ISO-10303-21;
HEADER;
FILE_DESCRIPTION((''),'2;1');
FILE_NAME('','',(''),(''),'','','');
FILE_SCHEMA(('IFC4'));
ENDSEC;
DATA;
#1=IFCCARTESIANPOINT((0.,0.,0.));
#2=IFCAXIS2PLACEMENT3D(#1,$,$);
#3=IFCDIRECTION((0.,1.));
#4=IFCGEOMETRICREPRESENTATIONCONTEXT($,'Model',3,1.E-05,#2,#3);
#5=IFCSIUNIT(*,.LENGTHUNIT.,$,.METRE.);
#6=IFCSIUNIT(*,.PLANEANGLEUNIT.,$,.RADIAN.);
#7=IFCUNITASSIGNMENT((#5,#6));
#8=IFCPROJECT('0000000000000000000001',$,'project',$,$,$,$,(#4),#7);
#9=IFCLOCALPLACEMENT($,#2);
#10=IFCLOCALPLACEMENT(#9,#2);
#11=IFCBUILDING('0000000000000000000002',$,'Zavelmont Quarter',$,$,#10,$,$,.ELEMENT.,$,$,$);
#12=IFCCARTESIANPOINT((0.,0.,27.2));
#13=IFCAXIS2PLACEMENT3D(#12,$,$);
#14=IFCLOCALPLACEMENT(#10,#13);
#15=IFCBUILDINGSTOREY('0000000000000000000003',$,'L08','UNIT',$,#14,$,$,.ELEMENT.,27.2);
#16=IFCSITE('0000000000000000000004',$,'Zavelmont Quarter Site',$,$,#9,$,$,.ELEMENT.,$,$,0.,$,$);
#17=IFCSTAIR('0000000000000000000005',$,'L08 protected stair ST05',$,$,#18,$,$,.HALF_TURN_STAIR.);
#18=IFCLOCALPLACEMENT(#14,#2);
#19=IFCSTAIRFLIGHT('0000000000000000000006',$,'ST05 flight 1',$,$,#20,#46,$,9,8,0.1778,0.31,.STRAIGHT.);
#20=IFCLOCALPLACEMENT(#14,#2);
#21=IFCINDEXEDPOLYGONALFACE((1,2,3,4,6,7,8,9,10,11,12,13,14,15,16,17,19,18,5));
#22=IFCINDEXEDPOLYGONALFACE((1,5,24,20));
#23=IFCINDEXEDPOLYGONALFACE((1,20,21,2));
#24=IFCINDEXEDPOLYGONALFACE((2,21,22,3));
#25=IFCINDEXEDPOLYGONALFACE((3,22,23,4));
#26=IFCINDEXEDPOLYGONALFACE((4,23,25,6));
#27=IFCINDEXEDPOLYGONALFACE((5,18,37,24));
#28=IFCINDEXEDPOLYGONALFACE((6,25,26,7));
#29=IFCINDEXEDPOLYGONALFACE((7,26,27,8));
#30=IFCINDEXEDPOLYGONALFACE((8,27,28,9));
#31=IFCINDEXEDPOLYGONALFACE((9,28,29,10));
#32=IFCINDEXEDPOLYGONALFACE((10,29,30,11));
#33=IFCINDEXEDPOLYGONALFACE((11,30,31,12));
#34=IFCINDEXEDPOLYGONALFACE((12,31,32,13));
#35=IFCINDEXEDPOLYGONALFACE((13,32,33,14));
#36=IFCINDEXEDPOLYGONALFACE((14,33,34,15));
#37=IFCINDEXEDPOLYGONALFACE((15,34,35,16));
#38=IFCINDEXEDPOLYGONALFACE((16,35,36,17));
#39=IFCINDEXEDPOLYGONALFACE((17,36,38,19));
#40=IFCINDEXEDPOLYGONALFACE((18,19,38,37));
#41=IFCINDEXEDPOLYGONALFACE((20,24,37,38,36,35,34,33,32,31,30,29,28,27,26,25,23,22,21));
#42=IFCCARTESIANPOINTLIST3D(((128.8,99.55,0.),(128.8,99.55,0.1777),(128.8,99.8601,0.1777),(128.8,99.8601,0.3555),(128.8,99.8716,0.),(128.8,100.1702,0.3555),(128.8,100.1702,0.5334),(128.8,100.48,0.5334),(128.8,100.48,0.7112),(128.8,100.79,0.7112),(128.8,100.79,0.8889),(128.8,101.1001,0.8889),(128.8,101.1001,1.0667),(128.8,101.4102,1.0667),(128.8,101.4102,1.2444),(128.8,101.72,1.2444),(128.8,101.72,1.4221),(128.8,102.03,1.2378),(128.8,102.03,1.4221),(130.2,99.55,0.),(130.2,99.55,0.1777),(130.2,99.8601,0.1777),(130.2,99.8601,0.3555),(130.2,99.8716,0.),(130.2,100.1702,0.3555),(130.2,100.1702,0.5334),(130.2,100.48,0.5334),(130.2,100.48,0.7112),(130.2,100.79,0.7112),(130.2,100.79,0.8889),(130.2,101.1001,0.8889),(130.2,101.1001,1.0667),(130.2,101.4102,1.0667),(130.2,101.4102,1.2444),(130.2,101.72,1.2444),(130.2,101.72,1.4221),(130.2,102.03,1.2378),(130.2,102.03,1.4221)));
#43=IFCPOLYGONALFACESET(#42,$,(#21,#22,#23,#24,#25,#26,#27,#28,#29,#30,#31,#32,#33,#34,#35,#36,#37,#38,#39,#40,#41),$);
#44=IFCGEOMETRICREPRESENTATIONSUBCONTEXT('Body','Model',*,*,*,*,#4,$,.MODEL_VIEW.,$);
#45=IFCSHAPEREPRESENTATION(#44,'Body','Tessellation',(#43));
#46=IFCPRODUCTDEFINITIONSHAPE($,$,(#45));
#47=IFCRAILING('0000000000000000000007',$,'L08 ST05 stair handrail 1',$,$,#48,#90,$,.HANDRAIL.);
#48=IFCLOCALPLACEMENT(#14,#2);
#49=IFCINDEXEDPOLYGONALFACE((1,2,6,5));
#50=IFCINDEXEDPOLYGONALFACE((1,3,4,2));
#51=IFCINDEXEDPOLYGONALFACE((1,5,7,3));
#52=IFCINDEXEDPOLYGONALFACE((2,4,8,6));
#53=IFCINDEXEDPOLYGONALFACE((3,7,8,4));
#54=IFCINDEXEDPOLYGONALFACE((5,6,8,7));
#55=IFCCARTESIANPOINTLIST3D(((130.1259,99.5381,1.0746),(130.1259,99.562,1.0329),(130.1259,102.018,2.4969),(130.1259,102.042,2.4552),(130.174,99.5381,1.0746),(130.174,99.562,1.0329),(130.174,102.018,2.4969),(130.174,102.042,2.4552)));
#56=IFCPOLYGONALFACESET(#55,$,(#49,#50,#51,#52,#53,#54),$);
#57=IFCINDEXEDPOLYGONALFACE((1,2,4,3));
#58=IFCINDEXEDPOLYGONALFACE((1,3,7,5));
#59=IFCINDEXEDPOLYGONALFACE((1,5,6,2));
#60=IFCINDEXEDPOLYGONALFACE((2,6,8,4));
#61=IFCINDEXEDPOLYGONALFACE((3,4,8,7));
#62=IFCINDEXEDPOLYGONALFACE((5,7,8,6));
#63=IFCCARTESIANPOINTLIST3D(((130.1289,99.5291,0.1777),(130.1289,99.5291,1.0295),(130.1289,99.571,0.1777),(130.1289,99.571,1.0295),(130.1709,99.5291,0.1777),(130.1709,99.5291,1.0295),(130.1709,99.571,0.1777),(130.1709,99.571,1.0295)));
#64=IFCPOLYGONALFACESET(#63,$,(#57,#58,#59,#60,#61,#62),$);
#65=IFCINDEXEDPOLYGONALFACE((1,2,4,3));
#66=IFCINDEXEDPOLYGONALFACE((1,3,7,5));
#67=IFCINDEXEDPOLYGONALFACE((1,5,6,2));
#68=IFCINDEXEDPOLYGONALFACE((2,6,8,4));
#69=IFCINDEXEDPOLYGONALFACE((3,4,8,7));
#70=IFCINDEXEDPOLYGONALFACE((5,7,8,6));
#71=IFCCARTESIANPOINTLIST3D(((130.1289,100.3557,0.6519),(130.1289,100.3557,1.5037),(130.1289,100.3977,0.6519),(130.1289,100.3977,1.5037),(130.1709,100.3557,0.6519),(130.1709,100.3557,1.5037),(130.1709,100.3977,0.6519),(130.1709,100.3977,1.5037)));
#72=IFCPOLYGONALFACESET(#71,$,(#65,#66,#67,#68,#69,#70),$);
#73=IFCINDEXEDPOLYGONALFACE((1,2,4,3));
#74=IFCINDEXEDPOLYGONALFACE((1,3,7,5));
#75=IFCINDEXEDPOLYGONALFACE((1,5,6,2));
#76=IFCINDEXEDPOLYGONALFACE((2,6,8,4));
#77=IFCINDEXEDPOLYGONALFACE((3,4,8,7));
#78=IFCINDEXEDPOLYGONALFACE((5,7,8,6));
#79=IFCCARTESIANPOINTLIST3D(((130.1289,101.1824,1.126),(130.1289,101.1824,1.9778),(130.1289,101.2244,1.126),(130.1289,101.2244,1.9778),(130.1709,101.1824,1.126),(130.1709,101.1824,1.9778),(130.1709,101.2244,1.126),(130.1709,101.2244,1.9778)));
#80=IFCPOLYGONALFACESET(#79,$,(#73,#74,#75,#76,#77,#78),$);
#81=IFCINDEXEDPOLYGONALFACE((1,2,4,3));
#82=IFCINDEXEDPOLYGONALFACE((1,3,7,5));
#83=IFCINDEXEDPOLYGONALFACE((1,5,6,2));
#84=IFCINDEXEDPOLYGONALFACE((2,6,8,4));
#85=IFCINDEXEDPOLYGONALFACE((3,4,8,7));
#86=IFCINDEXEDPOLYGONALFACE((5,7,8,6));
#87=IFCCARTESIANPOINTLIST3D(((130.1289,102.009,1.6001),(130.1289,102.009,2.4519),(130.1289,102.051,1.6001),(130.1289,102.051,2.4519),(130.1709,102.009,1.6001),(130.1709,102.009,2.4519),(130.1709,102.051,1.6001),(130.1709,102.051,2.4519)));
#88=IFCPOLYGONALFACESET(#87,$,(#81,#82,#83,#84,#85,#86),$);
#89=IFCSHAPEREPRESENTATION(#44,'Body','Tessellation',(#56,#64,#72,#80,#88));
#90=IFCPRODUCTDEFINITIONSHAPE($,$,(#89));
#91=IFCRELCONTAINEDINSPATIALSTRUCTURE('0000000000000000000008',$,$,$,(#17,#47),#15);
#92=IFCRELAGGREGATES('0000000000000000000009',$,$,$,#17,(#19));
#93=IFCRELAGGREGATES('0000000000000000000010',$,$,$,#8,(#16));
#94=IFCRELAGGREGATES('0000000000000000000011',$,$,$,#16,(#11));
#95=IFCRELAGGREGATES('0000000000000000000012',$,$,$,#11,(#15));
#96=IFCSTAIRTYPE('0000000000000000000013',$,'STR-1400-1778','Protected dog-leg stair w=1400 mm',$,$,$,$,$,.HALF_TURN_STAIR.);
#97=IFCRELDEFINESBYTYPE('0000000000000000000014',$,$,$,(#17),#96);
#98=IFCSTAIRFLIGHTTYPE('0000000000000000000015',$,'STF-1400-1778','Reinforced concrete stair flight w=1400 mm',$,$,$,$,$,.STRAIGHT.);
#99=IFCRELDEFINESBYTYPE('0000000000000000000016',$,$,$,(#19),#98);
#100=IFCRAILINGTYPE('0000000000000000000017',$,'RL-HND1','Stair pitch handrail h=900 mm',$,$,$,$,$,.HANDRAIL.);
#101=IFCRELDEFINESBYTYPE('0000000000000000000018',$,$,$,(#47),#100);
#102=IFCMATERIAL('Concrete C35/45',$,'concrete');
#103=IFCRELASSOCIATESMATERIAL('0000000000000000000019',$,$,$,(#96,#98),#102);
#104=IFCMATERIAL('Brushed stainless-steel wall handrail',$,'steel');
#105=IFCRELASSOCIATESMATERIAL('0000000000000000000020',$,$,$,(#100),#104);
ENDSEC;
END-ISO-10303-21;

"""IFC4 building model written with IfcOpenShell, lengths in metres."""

from ifc_helpers import new_model, si_unit, direction, frame, origin, origin_2d, place, context, subcontext, project, spatial, polyline, rectangle, outline, extrude, material, type_object, element, aggregate, save


model = new_model("IFC4")

# Units and contexts
model_context = context("Model", 3, precision=1e-05, world=origin(), true_north=direction((0.0, 1.0)))
body_context = subcontext(model_context, "Body", "Model", "MODEL_VIEW")
ifc_project = project(units=[si_unit("LENGTHUNIT", "METRE"), si_unit("PLANEANGLEUNIT", "RADIAN")], contexts=[model_context])

# Site, building, storey
site_placement = place(None, origin())
site = spatial("IfcSite", under=ifc_project, at=site_placement, Name="Zavelmont Quarter Site", CompositionType="ELEMENT", RefElevation=0.0)
building_placement = place(site_placement, origin())
building = spatial("IfcBuilding", under=site, at=building_placement, Name="Zavelmont Quarter", CompositionType="ELEMENT")
storey_placement = place(building_placement, frame((0.0, 0.0, 27.2)))
storey = spatial("IfcBuildingStorey", under=building, at=storey_placement, Name="L08", Description="UNIT", CompositionType="ELEMENT", Elevation=27.2)

# Shared definitions
ifc_material_1 = material(Name="Concrete C35/45", Category="concrete")

# Stair, stair flight
stair_type = type_object("IfcStairType", Name="STR-1400-1778", Description="Protected dog-leg stair w=1400 mm", PredefinedType="HALF_TURN_STAIR", material=ifc_material_1)
stair_placement = place(storey_placement, origin())
stair = element("IfcStair", 1, at=stair_placement, inside=storey, type_object=stair_type, Name="L08 protected stair ST05", PredefinedType="HALF_TURN_STAIR")
stair_flight_type = type_object("IfcStairFlightType", Name="STF-1400-1778", Description="Reinforced concrete stair flight w=1400 mm", PredefinedType="STRAIGHT", material=ifc_material_1)
stair_flight_placement = place(storey_placement, frame((129.5, 99.55, 0.0), z_axis=(0.0, 0.0, 1.0), x_axis=(0.0, 1.0, 0.0)))
stair_flight = element("IfcStairFlight", 2, at=stair_flight_placement, type_object=stair_flight_type, Name="ST05 flight 1", NumberOfRisers=9, NumberOfTreads=8, PredefinedType="STRAIGHT", RiserHeight=0.1778, TreadLength=0.31, context=body_context, shape_type="SweptSolid", body=[
    extrude(outline(polyline([(0.0, 0.0), (0.0, 0.1777), (0.3101, 0.1777), (0.3101, 0.3555), (0.6201, 0.3555), (0.6201, 0.5334), (0.9299, 0.5334), (0.9299, 0.7112), (1.24, 0.7112), (1.24, 0.8889), (1.55, 0.8889), (1.55, 1.0667), (1.8601, 1.0667), (1.8601, 1.2444), (2.1699, 1.2444), (2.1699, 1.4221), (2.48, 1.4221), (2.48, 1.6001), (2.48, 1.2378), (0.3215, 0.0), (0.0, 0.0)])), frame((0.0, 0.7, 0.0), z_axis=(0.0, -1.0, 0.0), x_axis=(1.0, 0.0, 0.0)), (0.0, 0.0, 1.0), 1.3999),
])
aggregate(stair, [stair_flight])

# Railing
ifc_material_2 = material(Name="Brushed stainless-steel wall handrail", Category="steel")
railing_type = type_object("IfcRailingType", Name="RL-HND1", Description="Stair pitch handrail h=900 mm", PredefinedType="HANDRAIL", material=ifc_material_2)
railing_placement = place(storey_placement, frame((130.1499, 99.55, 0.1777)))
element("IfcRailing", 3, at=railing_placement, inside=storey, type_object=railing_type, Name="L08 ST05 stair handrail 1", PredefinedType="HANDRAIL", context=body_context, shape_type="SweptSolid", body=[
    extrude(rectangle(XDim=0.0481, YDim=0.0481, at=origin_2d()), frame((0.0, 0.0, 0.876), z_axis=(0.0, 0.867454, 0.497518), x_axis=(-1.0, 0.0, 0.0)), (0.0, 0.0, 1.0), 2.8589),
    extrude(rectangle(XDim=0.042, YDim=0.042, at=origin_2d()), origin(), (0.0, 0.0, 1.0), 0.8518),
    extrude(rectangle(XDim=0.042, YDim=0.042, at=origin_2d()), frame((0.0, 0.8267, 0.4741)), (0.0, 0.0, 1.0), 0.8518),
    extrude(rectangle(XDim=0.042, YDim=0.042, at=origin_2d()), frame((0.0, 1.6533, 0.9482)), (0.0, 0.0, 1.0), 0.8518),
    extrude(rectangle(XDim=0.042, YDim=0.042, at=origin_2d()), frame((0.0, 2.48, 1.4224)), (0.0, 0.0, 1.0), 0.8518),
])

save(model, "model.ifc")
